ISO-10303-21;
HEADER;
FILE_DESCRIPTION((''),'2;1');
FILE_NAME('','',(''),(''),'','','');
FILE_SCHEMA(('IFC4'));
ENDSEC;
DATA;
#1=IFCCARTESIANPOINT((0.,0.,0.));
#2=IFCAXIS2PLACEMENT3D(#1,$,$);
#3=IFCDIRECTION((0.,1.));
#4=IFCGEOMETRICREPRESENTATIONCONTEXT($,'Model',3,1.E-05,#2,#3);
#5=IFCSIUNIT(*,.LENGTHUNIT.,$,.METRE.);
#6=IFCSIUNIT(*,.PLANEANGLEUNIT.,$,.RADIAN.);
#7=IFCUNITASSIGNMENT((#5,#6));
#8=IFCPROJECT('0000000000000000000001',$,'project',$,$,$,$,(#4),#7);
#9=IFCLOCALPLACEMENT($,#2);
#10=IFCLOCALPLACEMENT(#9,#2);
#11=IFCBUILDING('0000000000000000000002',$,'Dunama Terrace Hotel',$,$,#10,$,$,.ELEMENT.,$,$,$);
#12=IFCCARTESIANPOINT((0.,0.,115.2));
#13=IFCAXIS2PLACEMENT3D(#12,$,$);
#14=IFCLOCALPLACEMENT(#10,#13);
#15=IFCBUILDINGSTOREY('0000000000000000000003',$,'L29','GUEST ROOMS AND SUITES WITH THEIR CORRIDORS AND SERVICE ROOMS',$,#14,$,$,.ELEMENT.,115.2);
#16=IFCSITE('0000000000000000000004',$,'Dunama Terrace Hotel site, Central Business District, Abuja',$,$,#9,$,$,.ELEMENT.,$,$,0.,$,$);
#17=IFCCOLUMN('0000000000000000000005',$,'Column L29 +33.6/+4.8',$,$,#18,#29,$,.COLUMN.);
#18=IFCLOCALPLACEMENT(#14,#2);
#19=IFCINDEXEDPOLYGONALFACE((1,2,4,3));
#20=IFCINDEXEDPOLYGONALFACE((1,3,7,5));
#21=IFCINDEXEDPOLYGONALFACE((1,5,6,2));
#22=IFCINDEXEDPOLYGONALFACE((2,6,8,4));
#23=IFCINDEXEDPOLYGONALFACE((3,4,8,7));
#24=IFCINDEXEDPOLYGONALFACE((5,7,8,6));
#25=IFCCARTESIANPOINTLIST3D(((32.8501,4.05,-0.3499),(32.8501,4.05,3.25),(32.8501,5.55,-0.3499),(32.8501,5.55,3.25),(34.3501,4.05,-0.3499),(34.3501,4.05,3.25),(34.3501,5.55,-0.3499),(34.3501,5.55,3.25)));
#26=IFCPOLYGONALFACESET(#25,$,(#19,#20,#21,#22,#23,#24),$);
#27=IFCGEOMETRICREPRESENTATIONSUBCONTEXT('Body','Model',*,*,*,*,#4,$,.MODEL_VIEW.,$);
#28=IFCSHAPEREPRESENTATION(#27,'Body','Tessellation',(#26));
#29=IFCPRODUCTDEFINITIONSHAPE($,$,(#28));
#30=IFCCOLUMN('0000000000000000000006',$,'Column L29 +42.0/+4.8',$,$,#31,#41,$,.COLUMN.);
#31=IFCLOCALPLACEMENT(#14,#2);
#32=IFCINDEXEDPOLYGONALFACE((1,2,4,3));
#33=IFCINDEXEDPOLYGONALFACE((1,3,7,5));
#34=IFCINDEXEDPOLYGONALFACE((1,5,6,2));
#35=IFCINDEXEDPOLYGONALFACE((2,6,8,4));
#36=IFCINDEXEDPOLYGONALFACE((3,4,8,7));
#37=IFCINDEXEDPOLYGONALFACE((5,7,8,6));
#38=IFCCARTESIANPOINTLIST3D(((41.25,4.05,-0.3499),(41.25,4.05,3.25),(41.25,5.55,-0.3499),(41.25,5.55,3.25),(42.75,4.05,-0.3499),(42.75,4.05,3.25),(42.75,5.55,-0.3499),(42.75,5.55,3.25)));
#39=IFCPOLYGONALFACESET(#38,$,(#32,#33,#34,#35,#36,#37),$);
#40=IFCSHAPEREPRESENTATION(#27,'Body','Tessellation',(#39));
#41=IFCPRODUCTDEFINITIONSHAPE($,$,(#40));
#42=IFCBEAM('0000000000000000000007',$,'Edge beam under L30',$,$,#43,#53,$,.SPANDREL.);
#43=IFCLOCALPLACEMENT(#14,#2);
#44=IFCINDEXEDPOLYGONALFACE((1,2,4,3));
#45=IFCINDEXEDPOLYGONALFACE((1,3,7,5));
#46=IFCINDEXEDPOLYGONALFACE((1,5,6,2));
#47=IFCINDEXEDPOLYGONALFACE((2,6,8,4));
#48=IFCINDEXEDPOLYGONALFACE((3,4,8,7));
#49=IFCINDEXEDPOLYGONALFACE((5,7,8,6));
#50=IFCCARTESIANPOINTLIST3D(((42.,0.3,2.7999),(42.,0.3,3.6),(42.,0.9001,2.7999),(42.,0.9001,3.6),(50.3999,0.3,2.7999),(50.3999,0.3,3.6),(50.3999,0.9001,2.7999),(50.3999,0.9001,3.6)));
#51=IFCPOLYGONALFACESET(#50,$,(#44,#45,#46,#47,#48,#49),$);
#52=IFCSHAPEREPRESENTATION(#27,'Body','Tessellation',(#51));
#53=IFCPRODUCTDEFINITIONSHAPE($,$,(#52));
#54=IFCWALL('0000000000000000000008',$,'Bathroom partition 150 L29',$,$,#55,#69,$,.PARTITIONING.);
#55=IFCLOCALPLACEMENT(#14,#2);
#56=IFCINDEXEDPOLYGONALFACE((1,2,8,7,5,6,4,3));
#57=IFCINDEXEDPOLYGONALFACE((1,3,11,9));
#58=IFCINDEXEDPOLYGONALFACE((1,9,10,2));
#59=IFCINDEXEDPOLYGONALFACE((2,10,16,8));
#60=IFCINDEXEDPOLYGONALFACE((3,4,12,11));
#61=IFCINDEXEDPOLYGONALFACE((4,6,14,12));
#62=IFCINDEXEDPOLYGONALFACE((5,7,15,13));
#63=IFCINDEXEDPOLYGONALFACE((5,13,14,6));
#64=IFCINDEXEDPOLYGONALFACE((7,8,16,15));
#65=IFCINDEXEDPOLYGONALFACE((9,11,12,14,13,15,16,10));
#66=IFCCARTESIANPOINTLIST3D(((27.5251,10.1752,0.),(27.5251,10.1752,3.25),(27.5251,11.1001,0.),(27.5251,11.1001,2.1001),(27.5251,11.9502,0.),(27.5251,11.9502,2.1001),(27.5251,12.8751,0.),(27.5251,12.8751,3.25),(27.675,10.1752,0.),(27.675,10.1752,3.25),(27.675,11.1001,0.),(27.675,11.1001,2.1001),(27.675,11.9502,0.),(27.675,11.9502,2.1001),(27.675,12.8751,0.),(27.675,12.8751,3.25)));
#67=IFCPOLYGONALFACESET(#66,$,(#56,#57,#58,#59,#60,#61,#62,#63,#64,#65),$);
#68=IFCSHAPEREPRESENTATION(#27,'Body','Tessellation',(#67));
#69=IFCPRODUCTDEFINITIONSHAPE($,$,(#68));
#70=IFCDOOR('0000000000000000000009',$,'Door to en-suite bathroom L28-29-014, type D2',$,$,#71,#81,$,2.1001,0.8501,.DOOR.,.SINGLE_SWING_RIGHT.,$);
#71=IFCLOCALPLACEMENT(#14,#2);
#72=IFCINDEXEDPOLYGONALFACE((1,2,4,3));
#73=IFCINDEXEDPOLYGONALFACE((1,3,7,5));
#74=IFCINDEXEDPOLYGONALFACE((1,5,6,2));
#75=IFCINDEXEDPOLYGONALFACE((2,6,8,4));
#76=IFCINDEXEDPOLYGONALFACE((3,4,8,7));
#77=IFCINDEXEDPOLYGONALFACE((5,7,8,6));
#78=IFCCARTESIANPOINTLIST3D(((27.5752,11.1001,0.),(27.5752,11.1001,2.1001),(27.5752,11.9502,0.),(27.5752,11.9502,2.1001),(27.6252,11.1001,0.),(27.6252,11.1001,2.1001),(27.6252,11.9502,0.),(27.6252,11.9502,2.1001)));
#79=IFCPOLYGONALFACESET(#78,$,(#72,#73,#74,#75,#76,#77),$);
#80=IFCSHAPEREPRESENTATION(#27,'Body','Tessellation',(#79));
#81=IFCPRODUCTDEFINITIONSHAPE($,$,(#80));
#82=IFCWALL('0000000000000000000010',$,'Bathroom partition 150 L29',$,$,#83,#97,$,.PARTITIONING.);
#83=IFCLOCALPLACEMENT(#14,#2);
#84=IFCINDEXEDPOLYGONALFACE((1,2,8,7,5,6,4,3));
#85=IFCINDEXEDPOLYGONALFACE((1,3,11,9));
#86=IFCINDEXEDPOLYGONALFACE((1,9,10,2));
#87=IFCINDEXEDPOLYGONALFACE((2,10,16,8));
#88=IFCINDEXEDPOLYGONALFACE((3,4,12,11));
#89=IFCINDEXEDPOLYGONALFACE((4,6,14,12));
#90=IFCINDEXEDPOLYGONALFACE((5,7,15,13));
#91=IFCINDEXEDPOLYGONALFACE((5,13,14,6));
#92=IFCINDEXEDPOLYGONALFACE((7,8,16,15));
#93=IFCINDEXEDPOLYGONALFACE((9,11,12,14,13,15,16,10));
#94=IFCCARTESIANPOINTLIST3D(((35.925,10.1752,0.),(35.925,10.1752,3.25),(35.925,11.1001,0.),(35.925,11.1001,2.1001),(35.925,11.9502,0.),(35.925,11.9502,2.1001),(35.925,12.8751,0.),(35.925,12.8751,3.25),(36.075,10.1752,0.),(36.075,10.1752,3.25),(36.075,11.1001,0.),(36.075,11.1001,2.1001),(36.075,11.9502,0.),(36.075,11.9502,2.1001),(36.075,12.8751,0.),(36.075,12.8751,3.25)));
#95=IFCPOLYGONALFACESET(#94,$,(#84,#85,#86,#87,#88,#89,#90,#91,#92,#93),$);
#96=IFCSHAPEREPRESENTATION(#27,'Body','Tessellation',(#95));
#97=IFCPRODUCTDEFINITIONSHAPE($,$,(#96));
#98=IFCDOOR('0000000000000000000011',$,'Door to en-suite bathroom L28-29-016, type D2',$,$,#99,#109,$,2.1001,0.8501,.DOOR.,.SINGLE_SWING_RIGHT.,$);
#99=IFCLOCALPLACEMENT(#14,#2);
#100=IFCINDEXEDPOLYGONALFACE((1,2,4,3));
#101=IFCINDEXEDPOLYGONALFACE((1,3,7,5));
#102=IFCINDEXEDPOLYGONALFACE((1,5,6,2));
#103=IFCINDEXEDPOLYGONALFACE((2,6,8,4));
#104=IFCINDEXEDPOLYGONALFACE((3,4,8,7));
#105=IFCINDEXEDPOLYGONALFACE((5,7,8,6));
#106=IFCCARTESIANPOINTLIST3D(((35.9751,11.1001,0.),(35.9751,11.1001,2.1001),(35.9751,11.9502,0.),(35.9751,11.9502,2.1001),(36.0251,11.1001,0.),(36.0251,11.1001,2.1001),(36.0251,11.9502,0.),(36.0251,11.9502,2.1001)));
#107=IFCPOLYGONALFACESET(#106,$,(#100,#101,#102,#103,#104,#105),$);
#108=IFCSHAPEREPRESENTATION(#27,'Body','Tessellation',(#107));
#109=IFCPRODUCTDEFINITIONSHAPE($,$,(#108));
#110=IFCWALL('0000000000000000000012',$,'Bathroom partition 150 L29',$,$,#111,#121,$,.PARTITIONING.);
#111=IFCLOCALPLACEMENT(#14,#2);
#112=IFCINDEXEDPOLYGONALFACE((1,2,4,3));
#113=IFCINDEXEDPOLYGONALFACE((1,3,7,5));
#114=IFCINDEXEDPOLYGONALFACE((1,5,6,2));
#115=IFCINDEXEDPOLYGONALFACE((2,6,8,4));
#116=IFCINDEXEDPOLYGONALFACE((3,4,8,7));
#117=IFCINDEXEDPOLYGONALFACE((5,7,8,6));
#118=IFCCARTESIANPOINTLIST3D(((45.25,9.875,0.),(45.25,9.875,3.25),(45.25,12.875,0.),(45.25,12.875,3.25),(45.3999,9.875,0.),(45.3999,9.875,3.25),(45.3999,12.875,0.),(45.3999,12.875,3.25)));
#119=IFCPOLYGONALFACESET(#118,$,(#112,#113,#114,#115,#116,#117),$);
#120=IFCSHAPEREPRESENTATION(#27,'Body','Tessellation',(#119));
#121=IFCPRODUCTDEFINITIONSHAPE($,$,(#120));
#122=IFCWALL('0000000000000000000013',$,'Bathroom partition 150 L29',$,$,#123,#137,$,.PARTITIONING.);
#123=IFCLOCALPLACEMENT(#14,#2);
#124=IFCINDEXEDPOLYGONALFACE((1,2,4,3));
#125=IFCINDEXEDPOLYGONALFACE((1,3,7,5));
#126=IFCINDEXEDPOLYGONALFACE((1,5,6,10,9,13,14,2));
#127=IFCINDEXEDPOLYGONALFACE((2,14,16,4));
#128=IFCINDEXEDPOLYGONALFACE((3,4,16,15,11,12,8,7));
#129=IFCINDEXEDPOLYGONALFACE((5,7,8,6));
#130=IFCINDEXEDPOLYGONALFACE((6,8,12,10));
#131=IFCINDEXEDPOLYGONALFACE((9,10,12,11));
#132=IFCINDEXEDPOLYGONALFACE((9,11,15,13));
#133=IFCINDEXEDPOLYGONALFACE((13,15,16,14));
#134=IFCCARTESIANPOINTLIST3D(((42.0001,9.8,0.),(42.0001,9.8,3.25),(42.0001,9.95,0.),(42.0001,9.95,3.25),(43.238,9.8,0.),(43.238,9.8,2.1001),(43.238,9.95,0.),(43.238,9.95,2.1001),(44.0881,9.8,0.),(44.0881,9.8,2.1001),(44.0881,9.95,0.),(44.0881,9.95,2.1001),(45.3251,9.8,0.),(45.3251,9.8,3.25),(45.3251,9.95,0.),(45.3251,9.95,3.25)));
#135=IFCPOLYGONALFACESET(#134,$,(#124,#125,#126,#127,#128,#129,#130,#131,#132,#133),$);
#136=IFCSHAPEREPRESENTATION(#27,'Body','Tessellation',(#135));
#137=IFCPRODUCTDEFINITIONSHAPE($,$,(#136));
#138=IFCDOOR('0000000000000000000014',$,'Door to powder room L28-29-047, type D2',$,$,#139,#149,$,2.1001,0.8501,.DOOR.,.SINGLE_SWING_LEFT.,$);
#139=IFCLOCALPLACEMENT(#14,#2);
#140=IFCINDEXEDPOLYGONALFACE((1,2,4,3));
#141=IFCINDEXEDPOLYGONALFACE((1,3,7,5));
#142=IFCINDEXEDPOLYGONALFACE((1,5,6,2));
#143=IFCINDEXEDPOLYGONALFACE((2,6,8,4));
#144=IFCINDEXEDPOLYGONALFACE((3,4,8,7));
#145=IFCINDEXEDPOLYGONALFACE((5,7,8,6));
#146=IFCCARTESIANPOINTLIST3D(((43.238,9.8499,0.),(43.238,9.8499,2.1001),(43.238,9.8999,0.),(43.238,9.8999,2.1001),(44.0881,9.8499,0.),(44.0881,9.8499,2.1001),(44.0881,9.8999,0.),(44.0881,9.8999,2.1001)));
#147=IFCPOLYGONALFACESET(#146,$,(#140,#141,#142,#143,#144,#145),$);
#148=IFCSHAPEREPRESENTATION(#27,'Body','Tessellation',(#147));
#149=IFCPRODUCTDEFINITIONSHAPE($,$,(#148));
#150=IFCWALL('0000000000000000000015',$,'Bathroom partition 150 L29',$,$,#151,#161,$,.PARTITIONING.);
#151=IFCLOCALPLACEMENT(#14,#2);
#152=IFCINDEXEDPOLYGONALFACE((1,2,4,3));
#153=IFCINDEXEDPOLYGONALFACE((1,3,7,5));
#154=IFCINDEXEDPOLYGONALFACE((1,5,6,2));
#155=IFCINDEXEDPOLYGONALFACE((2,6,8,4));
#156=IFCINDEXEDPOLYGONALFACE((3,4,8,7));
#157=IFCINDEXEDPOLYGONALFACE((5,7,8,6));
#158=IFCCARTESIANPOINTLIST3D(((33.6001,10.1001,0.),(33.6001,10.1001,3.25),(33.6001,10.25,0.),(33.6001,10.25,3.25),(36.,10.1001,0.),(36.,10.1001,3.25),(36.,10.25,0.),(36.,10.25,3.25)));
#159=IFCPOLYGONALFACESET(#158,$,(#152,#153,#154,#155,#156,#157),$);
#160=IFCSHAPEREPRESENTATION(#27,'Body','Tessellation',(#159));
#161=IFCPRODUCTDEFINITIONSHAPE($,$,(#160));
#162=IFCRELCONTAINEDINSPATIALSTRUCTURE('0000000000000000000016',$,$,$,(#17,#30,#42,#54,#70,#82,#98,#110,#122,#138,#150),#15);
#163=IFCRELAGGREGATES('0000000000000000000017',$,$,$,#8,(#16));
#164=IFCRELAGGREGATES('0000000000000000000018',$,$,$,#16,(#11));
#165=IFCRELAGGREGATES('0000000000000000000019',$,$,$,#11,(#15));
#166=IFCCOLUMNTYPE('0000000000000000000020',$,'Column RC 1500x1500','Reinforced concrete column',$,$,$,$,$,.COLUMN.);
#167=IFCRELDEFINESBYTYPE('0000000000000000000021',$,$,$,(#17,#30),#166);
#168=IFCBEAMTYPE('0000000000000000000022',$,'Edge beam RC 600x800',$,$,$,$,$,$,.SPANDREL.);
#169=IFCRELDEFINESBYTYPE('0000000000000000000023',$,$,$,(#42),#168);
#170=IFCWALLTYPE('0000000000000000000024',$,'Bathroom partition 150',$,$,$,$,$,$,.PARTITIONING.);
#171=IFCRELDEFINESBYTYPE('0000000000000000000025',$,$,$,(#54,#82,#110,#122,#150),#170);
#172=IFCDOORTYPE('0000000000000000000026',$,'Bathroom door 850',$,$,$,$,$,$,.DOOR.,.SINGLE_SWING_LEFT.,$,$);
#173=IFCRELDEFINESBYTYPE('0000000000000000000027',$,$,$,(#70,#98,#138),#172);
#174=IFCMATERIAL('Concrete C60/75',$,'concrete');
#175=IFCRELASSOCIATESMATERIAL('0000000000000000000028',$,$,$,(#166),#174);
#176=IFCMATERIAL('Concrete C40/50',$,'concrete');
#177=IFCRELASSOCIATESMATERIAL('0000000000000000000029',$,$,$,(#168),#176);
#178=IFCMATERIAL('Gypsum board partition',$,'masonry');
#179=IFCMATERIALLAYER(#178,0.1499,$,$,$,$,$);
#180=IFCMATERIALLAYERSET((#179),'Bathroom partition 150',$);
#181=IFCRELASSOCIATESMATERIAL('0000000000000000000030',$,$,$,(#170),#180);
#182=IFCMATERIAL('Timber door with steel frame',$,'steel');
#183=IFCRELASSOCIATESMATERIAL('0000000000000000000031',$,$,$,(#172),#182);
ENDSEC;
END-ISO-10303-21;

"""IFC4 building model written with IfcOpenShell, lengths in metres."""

from ifc_helpers import new_model, si_unit, direction, frame, frame_2d, origin, origin_2d, place, context, subcontext, project, spatial, rectangle, extrude, material, layer, layer_set, material_profile, profile_set, type_object, element, fill, save


model = new_model("IFC4")

# Units and contexts
model_context = context("Model", 3, precision=1e-05, world=origin(), true_north=direction((0.0, 1.0)))
body_context = subcontext(model_context, "Body", "Model", "MODEL_VIEW")
ifc_project = project(units=[si_unit("LENGTHUNIT", "METRE"), si_unit("PLANEANGLEUNIT", "RADIAN")], contexts=[model_context])

# Site, building, storey
site_placement = place(None, origin())
site = spatial("IfcSite", under=ifc_project, at=site_placement, Name="Dunama Terrace Hotel site, Central Business District, Abuja", CompositionType="ELEMENT", RefElevation=0.0)
building_placement = place(site_placement, origin())
building = spatial("IfcBuilding", under=site, at=building_placement, Name="Dunama Terrace Hotel", CompositionType="ELEMENT")
storey_placement = place(building_placement, frame((0.0, 0.0, 115.2)))
storey = spatial("IfcBuildingStorey", under=building, at=storey_placement, Name="L29", Description="GUEST ROOMS AND SUITES WITH THEIR CORRIDORS AND SERVICE ROOMS", CompositionType="ELEMENT", Elevation=115.2)

# Columns
ifc_material_1 = material(Name="Concrete C60/75", Category="concrete")
ifc_material_profile_1 = material_profile(ifc_material_1, rectangle(XDim=1.5, YDim=1.5, at=origin_2d()), Name="RC 1500x1500")
ifc_profile_set_1 = profile_set([ifc_material_profile_1], Name="Concrete C60/75")
column_type = type_object("IfcColumnType", Name="Column RC 1500x1500", Description="Reinforced concrete column", PredefinedType="COLUMN", material=ifc_profile_set_1)
for number, where, z_axis, x_axis, name in (
    (1, (33.6001, 4.8, -0.3499), (0.0, 0.0, 1.0), (1.0, 0.0, 0.0), "Column L29 +33.6/+4.8"),
    (2, (42.0, 4.8, -0.3499), (0.0, 0.0, 1.0), (1.0, 0.0, 0.0), "Column L29 +42.0/+4.8"),
):
    element("IfcColumn", number, at=place(storey_placement, frame(where, z_axis=z_axis, x_axis=x_axis)), inside=storey, type_object=column_type, Name=name, PredefinedType="COLUMN", context=body_context, shape_type="SweptSolid", body=[
        extrude(rectangle(XDim=1.5, YDim=1.5, at=origin_2d()), origin(), (0.0, 0.0, 1.0), 3.5999),
    ])

# Beam
ifc_material_2 = material(Name="Concrete C40/50", Category="concrete")
ifc_material_profile_2 = material_profile(ifc_material_2, rectangle(XDim=0.6001, YDim=0.8, at=origin_2d()), Name="RC 600x800")
ifc_profile_set_2 = profile_set([ifc_material_profile_2], Name="Concrete C40/50")
beam_type = type_object("IfcBeamType", Name="Edge beam RC 600x800", PredefinedType="SPANDREL", material=ifc_profile_set_2)
beam_placement = place(storey_placement, frame((42.0, 0.6001, 3.2), z_axis=(1.0, 0.0, 0.0), x_axis=(0.0, 1.0, 0.0)))
element("IfcBeam", 3, at=beam_placement, inside=storey, type_object=beam_type, Name="Edge beam under L30", PredefinedType="SPANDREL", context=body_context, shape_type="SweptSolid", body=[
    extrude(rectangle(XDim=0.6001, YDim=0.8, at=origin_2d()), origin(), (0.0, 0.0, 1.0), 8.3999),
])

# Walls, openings, doors
ifc_material_3 = material(Name="Gypsum board partition", Category="masonry")
ifc_layer_1 = layer(ifc_material_3, 0.1499)
ifc_layer_set_1 = layer_set([ifc_layer_1], Name="Bathroom partition 150")
wall_type_1 = type_object("IfcWallType", Name="Bathroom partition 150", PredefinedType="PARTITIONING", material=ifc_layer_set_1)
wall_1_placement = place(storey_placement, frame((27.6001, 10.175, 0.0), z_axis=(0.0, 0.0, 1.0), x_axis=(0.0, 1.0, 0.0)))
wall_1 = element("IfcWall", 4, at=wall_1_placement, inside=storey, type_object=wall_type_1, Name="Bathroom partition 150 L29", PredefinedType="PARTITIONING", context=body_context, shape_type="SweptSolid", body=[
    extrude(rectangle(XDim=2.7, YDim=0.1499, at=frame_2d((1.3501, 0.0))), origin(), (0.0, 0.0, 1.0), 3.25),
])
opening_1_placement = place(wall_1_placement, frame((0.925, 0.0, 0.0)))
opening_1 = element("IfcOpeningElement", 5, at=opening_1_placement, cuts=wall_1, PredefinedType="OPENING", context=body_context, shape_type="SweptSolid", body=[
    extrude(rectangle(XDim=0.8501, YDim=2.1001, at=frame_2d((0.425, 1.05))), frame((0.0, 0.085, 0.0), z_axis=(0.0, -1.0, 0.0), x_axis=(1.0, 0.0, 0.0)), (0.0, 0.0, 1.0), 0.1699),
])
ifc_material_4 = material(Name="Timber door with steel frame", Category="steel")
door_type_1 = type_object("IfcDoorType", Name="Bathroom door 850", OperationType="SINGLE_SWING_LEFT", PredefinedType="DOOR", material=ifc_material_4)
door_1_placement = place(opening_1_placement, origin())
door_1 = element("IfcDoor", 6, at=door_1_placement, inside=storey, type_object=door_type_1, Name="Door to en-suite bathroom L28-29-014, type D2", OperationType="SINGLE_SWING_RIGHT", OverallHeight=2.1001, OverallWidth=0.8501, PredefinedType="DOOR", context=body_context, shape_type="SweptSolid", body=[
    extrude(rectangle(XDim=0.8501, YDim=2.1001, at=frame_2d((0.425, 1.05))), frame((0.0, 0.0249, 0.0), z_axis=(0.0, -1.0, 0.0), x_axis=(1.0, 0.0, 0.0)), (0.0, 0.0, 1.0), 0.05),
])
fill(opening_1, door_1)
wall_2_placement = place(storey_placement, frame((36.0, 10.175, 0.0), z_axis=(0.0, 0.0, 1.0), x_axis=(0.0, 1.0, 0.0)))
wall_2 = element("IfcWall", 7, at=wall_2_placement, inside=storey, type_object=wall_type_1, Name="Bathroom partition 150 L29", PredefinedType="PARTITIONING", context=body_context, shape_type="SweptSolid", body=[
    extrude(rectangle(XDim=2.7, YDim=0.1499, at=frame_2d((1.3501, 0.0))), origin(), (0.0, 0.0, 1.0), 3.25),
])
opening_2_placement = place(wall_2_placement, frame((0.925, 0.0, 0.0)))
opening_2 = element("IfcOpeningElement", 8, at=opening_2_placement, cuts=wall_2, PredefinedType="OPENING", context=body_context, shape_type="SweptSolid", body=[
    extrude(rectangle(XDim=0.8501, YDim=2.1001, at=frame_2d((0.425, 1.05))), frame((0.0, 0.085, 0.0), z_axis=(0.0, -1.0, 0.0), x_axis=(1.0, 0.0, 0.0)), (0.0, 0.0, 1.0), 0.1699),
])
door_2_placement = place(opening_2_placement, origin())
door_2 = element("IfcDoor", 9, at=door_2_placement, inside=storey, type_object=door_type_1, Name="Door to en-suite bathroom L28-29-016, type D2", OperationType="SINGLE_SWING_RIGHT", OverallHeight=2.1001, OverallWidth=0.8501, PredefinedType="DOOR", context=body_context, shape_type="SweptSolid", body=[
    extrude(rectangle(XDim=0.8501, YDim=2.1001, at=frame_2d((0.425, 1.05))), frame((0.0, 0.0249, 0.0), z_axis=(0.0, -1.0, 0.0), x_axis=(1.0, 0.0, 0.0)), (0.0, 0.0, 1.0), 0.05),
])
fill(opening_2, door_2)

# Wall
wall_3_placement = place(storey_placement, frame((45.325, 9.875, 0.0), z_axis=(0.0, 0.0, 1.0), x_axis=(0.0, 1.0, 0.0)))
element("IfcWall", 10, at=wall_3_placement, inside=storey, type_object=wall_type_1, Name="Bathroom partition 150 L29", PredefinedType="PARTITIONING", context=body_context, shape_type="SweptSolid", body=[
    extrude(rectangle(XDim=3.0, YDim=0.1499, at=frame_2d((1.5, 0.0))), origin(), (0.0, 0.0, 1.0), 3.25),
])

# Wall, opening, door
wall_4_placement = place(storey_placement, frame((42.0, 9.875, 0.0), z_axis=(0.0, 0.0, 1.0), x_axis=(1.0, 0.0, 0.0)))
wall_4 = element("IfcWall", 11, at=wall_4_placement, inside=storey, type_object=wall_type_1, Name="Bathroom partition 150 L29", PredefinedType="PARTITIONING", context=body_context, shape_type="SweptSolid", body=[
    extrude(rectangle(XDim=3.325, YDim=0.1499, at=frame_2d((1.6626, 0.0))), origin(), (0.0, 0.0, 1.0), 3.25),
])
opening_3_placement = place(wall_4_placement, frame((1.238, 0.0, 0.0)))
opening_3 = element("IfcOpeningElement", 12, at=opening_3_placement, cuts=wall_4, PredefinedType="OPENING", context=body_context, shape_type="SweptSolid", body=[
    extrude(rectangle(XDim=0.8501, YDim=2.1001, at=frame_2d((0.425, 1.05))), frame((0.0, 0.085, 0.0), z_axis=(0.0, -1.0, 0.0), x_axis=(1.0, 0.0, 0.0)), (0.0, 0.0, 1.0), 0.1699),
])
door_3_placement = place(opening_3_placement, origin())
door_3 = element("IfcDoor", 13, at=door_3_placement, inside=storey, type_object=door_type_1, Name="Door to powder room L28-29-047, type D2", OperationType="SINGLE_SWING_LEFT", OverallHeight=2.1001, OverallWidth=0.8501, PredefinedType="DOOR", context=body_context, shape_type="SweptSolid", body=[
    extrude(rectangle(XDim=0.8501, YDim=2.1001, at=frame_2d((0.425, 1.05))), frame((0.0, 0.0249, 0.0), z_axis=(0.0, -1.0, 0.0), x_axis=(1.0, 0.0, 0.0)), (0.0, 0.0, 1.0), 0.05),
])
fill(opening_3, door_3)

# Wall
wall_5_placement = place(storey_placement, frame((33.6001, 10.175, 0.0), z_axis=(0.0, 0.0, 1.0), x_axis=(1.0, 0.0, 0.0)))
element("IfcWall", 14, at=wall_5_placement, inside=storey, type_object=wall_type_1, Name="Bathroom partition 150 L29", PredefinedType="PARTITIONING", context=body_context, shape_type="SweptSolid", body=[
    extrude(rectangle(XDim=2.3999, YDim=0.1499, at=frame_2d((1.2, 0.0))), origin(), (0.0, 0.0, 1.0), 3.25),
])

save(model, "model.ifc")
